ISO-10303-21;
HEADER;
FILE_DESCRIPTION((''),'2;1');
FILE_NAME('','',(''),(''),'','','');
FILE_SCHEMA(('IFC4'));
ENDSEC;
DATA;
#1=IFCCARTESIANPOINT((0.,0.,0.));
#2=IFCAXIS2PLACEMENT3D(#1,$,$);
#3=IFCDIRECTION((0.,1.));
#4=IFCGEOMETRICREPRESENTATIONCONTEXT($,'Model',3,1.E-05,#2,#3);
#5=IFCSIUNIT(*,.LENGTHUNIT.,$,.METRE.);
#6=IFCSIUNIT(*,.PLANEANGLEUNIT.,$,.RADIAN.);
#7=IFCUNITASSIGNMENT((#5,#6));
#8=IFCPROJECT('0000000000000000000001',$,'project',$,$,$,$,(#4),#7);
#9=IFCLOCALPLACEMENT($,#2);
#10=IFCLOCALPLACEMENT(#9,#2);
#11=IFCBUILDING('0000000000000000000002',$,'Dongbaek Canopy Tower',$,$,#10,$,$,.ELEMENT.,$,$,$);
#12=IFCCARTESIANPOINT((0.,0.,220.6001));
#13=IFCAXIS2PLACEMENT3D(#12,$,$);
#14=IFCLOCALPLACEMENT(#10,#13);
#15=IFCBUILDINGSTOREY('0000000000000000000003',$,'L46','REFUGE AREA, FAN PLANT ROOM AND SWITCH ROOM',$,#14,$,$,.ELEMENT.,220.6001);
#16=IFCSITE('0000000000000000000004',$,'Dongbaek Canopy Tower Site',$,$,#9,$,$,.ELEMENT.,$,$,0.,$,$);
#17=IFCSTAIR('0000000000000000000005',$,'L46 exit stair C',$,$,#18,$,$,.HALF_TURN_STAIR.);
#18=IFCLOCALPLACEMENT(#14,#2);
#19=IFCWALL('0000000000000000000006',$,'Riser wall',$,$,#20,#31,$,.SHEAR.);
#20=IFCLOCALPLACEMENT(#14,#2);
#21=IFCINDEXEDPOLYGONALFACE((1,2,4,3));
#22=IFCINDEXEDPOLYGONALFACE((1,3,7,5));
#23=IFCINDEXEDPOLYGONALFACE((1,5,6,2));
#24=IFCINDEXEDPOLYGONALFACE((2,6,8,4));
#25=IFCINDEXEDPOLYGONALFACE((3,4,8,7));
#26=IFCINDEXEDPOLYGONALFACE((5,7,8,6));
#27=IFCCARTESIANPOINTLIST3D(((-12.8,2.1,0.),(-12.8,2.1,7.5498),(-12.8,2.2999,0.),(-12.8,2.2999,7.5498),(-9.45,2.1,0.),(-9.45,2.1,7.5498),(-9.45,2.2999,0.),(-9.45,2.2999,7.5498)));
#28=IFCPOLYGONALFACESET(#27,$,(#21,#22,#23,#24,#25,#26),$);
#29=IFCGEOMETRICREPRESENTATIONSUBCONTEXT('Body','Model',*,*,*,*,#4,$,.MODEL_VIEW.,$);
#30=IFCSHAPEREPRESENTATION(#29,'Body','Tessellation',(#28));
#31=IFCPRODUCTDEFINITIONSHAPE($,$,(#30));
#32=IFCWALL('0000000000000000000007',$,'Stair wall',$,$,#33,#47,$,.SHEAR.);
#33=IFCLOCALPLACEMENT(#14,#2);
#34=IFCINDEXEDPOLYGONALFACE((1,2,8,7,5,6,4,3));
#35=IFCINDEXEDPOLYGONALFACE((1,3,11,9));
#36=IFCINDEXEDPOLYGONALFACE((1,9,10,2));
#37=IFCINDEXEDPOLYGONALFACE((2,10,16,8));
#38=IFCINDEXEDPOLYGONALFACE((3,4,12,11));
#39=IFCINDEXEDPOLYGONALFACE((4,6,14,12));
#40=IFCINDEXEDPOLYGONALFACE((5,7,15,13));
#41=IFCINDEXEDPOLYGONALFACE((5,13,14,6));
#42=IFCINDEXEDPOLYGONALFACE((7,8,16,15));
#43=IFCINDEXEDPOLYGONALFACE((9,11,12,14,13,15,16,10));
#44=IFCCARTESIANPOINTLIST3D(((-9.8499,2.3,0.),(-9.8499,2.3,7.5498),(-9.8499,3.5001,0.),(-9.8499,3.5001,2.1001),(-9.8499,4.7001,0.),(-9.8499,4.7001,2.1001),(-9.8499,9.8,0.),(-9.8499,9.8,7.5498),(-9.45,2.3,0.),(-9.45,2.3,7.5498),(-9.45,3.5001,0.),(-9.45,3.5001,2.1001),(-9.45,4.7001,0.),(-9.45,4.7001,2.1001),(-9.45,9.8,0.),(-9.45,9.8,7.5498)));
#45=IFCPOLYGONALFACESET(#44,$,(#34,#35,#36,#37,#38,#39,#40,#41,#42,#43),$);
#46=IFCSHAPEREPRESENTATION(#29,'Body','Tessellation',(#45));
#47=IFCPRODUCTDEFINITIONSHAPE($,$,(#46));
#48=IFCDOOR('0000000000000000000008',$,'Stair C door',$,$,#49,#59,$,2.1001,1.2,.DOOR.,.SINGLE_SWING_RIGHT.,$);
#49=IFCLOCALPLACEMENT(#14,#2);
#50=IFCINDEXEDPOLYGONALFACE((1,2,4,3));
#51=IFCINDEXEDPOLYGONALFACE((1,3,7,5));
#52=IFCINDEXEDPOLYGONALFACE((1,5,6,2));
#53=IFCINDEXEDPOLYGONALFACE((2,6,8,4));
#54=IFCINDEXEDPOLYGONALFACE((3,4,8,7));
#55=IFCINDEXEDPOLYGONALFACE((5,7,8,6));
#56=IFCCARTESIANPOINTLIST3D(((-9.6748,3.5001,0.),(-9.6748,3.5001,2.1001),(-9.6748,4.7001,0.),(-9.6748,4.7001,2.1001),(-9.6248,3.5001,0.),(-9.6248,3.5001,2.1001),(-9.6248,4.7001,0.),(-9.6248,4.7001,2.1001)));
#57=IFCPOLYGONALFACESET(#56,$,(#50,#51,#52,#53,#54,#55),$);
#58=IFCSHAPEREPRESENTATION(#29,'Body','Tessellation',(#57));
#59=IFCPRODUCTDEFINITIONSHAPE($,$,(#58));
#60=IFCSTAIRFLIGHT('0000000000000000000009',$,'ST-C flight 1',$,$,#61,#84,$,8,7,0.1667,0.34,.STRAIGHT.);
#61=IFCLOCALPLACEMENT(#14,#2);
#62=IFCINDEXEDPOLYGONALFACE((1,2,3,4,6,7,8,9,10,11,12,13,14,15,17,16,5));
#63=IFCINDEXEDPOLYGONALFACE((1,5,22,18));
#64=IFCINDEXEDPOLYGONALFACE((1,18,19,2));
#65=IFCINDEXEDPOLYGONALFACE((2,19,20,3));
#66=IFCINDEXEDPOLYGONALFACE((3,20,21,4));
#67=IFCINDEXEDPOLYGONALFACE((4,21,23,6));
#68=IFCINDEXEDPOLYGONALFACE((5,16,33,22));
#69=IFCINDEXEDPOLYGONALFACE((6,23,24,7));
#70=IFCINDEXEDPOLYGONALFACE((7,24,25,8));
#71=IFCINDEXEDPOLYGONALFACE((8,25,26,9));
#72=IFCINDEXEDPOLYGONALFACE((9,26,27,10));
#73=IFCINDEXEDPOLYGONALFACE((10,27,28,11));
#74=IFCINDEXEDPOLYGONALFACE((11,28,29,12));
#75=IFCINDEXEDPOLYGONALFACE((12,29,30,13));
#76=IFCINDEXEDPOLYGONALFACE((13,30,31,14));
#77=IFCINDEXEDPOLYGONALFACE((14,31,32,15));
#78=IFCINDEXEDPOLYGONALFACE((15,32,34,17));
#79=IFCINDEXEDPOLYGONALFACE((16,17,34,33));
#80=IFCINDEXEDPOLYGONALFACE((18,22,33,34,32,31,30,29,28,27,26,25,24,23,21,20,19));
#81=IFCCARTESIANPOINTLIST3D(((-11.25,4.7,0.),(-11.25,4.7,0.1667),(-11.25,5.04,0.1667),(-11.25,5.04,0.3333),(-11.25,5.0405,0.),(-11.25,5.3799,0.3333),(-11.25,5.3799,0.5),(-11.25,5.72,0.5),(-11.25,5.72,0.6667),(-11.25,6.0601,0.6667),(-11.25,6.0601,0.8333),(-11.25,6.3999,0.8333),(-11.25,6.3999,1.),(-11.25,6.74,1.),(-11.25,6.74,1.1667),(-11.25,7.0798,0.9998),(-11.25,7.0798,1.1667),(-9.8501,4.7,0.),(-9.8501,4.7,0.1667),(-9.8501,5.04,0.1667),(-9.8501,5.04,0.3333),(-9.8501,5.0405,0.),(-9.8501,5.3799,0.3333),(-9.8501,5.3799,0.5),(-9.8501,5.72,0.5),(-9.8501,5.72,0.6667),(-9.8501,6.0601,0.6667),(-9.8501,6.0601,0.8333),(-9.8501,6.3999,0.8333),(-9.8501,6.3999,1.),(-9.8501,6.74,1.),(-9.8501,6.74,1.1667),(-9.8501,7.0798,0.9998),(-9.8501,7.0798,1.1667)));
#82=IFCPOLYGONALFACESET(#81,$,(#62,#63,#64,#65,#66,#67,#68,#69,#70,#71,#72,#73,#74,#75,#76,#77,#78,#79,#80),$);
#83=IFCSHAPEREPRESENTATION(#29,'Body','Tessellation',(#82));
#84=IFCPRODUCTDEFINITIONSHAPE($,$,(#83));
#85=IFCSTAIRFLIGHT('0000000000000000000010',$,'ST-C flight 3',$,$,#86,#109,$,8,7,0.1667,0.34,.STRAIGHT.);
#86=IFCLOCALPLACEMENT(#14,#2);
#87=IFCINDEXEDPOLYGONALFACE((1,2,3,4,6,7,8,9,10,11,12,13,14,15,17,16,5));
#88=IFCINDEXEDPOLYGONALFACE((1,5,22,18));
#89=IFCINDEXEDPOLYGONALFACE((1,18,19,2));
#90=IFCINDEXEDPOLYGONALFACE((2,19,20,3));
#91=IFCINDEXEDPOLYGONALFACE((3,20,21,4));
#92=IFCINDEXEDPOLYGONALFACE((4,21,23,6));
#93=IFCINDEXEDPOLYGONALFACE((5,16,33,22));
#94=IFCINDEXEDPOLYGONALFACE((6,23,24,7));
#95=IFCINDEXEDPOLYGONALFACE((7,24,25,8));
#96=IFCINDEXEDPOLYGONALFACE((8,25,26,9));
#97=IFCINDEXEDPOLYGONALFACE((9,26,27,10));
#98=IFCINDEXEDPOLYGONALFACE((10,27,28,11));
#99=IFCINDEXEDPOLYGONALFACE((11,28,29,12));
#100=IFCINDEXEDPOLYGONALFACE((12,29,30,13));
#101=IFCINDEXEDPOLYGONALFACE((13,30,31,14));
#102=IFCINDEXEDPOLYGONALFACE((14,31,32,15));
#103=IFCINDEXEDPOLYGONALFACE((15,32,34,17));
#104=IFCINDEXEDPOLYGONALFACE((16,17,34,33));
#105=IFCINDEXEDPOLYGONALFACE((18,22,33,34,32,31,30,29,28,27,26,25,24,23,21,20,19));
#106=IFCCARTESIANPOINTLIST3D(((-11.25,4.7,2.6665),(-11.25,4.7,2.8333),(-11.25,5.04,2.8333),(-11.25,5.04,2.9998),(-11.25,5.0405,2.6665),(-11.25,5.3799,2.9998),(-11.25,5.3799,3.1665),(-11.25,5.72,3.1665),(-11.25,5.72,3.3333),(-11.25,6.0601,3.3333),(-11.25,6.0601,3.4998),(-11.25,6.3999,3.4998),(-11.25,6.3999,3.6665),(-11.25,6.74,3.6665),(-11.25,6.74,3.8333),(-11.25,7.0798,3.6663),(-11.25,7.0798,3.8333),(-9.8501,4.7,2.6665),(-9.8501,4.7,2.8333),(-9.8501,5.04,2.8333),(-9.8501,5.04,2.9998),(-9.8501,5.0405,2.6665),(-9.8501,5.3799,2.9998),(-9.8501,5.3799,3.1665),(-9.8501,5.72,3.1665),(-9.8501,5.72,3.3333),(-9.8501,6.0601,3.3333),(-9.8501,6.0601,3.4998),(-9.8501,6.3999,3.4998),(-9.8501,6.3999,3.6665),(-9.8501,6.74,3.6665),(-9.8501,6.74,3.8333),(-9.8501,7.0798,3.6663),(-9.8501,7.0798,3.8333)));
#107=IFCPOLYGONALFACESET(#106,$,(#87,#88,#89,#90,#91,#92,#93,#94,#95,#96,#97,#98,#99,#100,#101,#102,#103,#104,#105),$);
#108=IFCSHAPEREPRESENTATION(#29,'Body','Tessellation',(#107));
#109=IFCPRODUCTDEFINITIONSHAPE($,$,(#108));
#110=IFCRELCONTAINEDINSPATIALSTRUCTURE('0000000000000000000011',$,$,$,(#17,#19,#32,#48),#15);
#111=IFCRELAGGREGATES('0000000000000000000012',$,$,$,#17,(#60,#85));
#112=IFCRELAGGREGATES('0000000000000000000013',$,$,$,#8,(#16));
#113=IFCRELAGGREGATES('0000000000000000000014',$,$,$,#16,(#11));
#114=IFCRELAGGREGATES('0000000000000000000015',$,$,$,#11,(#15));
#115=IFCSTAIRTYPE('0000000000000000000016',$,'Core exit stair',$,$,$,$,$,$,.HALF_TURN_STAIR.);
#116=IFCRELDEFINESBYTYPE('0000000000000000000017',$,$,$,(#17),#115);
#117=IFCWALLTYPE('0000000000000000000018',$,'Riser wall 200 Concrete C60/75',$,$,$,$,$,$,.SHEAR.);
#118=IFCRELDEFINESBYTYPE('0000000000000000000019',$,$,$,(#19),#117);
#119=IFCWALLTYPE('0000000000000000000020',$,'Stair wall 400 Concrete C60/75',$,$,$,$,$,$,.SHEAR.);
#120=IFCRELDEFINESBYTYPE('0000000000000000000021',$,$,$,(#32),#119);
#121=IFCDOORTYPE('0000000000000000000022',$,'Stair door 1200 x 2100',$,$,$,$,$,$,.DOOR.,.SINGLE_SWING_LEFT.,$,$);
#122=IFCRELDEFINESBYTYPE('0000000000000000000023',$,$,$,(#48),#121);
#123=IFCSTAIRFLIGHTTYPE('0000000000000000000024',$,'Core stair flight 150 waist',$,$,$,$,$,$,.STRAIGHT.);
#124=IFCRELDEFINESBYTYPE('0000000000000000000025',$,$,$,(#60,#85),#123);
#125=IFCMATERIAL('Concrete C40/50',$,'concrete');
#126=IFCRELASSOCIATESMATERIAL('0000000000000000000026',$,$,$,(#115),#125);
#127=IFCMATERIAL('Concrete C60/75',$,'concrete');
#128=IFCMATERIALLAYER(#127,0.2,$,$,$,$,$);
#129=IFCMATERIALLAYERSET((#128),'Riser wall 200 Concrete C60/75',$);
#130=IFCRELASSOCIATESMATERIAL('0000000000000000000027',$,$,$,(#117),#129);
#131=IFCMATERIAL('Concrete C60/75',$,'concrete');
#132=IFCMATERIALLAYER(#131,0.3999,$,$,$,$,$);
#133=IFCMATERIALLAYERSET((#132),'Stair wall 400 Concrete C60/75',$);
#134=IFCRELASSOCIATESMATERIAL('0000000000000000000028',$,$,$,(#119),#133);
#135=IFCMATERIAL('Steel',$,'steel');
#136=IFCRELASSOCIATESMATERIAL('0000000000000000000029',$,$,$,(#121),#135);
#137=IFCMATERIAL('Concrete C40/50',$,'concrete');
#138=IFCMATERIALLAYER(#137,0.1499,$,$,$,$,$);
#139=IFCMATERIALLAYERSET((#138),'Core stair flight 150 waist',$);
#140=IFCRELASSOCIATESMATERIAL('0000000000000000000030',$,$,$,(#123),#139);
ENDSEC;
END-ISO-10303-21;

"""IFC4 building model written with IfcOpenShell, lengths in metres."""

from ifc_helpers import new_model, si_unit, direction, frame, frame_2d, origin, place, context, subcontext, project, spatial, polyline, rectangle, outline, extrude, material, layer, layer_set, type_object, element, fill, aggregate, save


model = new_model("IFC4")

# Units and contexts
model_context = context("Model", 3, precision=1e-05, world=origin(), true_north=direction((0.0, 1.0)))
body_context = subcontext(model_context, "Body", "Model", "MODEL_VIEW")
ifc_project = project(units=[si_unit("LENGTHUNIT", "METRE"), si_unit("PLANEANGLEUNIT", "RADIAN")], contexts=[model_context])

# Site, building, storey
site_placement = place(None, origin())
site = spatial("IfcSite", under=ifc_project, at=site_placement, Name="Dongbaek Canopy Tower Site", CompositionType="ELEMENT", RefElevation=0.0)
building_placement = place(site_placement, origin())
building = spatial("IfcBuilding", under=site, at=building_placement, Name="Dongbaek Canopy Tower", CompositionType="ELEMENT")
storey_placement = place(building_placement, frame((0.0, 0.0, 220.6001)))
storey = spatial("IfcBuildingStorey", under=building, at=storey_placement, Name="L46", Description="REFUGE AREA, FAN PLANT ROOM AND SWITCH ROOM", CompositionType="ELEMENT", Elevation=220.6001)

# Stair
ifc_material_1 = material(Name="Concrete C40/50", Category="concrete")
stair_type = type_object("IfcStairType", Name="Core exit stair", PredefinedType="HALF_TURN_STAIR", material=ifc_material_1)
stair_1_placement = place(storey_placement, origin())
stair_1 = element("IfcStair", 1, at=stair_1_placement, inside=storey, type_object=stair_type, Name="L46 exit stair C", PredefinedType="HALF_TURN_STAIR")

# Wall
ifc_material_2 = material(Name="Concrete C60/75", Category="concrete")
ifc_layer_1 = layer(ifc_material_2, 0.2)
ifc_layer_set_1 = layer_set([ifc_layer_1], Name="Riser wall 200 Concrete C60/75")
wall_type_1 = type_object("IfcWallType", Name="Riser wall 200 Concrete C60/75", PredefinedType="SHEAR", material=ifc_layer_set_1)
wall_1_placement = place(storey_placement, frame((-9.45, 2.2, 0.0), z_axis=(0.0, 0.0, 1.0), x_axis=(-1.0, 0.0, 0.0)))
element("IfcWall", 2, at=wall_1_placement, inside=storey, type_object=wall_type_1, Name="Riser wall", PredefinedType="SHEAR", context=body_context, shape_type="SweptSolid", body=[
    extrude(rectangle(XDim=3.3501, YDim=0.2, at=frame_2d((1.675, 0.0))), origin(), (0.0, 0.0, 1.0), 7.5498),
])

# Wall, opening, door
ifc_material_3 = material(Name="Concrete C60/75", Category="concrete")
ifc_layer_2 = layer(ifc_material_3, 0.3999)
ifc_layer_set_2 = layer_set([ifc_layer_2], Name="Stair wall 400 Concrete C60/75")
wall_type_2 = type_object("IfcWallType", Name="Stair wall 400 Concrete C60/75", PredefinedType="SHEAR", material=ifc_layer_set_2)
wall_2_placement = place(storey_placement, frame((-9.6499, 2.3, 0.0), z_axis=(0.0, 0.0, 1.0), x_axis=(0.0, 1.0, 0.0)))
wall_2 = element("IfcWall", 3, at=wall_2_placement, inside=storey, type_object=wall_type_2, Name="Stair wall", PredefinedType="SHEAR", context=body_context, shape_type="SweptSolid", body=[
    extrude(rectangle(XDim=7.5, YDim=0.3999, at=frame_2d((3.75, 0.0))), origin(), (0.0, 0.0, 1.0), 7.5498),
])
opening_placement = place(wall_2_placement, frame((1.2, 0.0, 0.0)))
opening = element("IfcOpeningElement", 4, at=opening_placement, cuts=wall_2, PredefinedType="OPENING", context=body_context, shape_type="SweptSolid", body=[
    extrude(rectangle(XDim=1.2, YDim=2.1001, at=frame_2d((0.6001, 1.05))), frame((0.0, 0.21, 0.0), z_axis=(0.0, -1.0, 0.0), x_axis=(1.0, 0.0, 0.0)), (0.0, 0.0, 1.0), 0.4199),
])
ifc_material_4 = material(Name="Steel", Category="steel")
door_type = type_object("IfcDoorType", Name="Stair door 1200 x 2100", OperationType="SINGLE_SWING_LEFT", PredefinedType="DOOR", material=ifc_material_4)
door_placement = place(opening_placement, origin())
door = element("IfcDoor", 5, at=door_placement, inside=storey, type_object=door_type, Name="Stair C door", OperationType="SINGLE_SWING_RIGHT", OverallHeight=2.1001, OverallWidth=1.2, PredefinedType="DOOR", context=body_context, shape_type="SweptSolid", body=[
    extrude(rectangle(XDim=1.2, YDim=2.1001, at=frame_2d((0.6001, 1.05))), frame((0.0, 0.0249, 0.0), z_axis=(0.0, -1.0, 0.0), x_axis=(1.0, 0.0, 0.0)), (0.0, 0.0, 1.0), 0.05),
])
fill(opening, door)

# Stair flights
ifc_material_5 = material(Name="Concrete C40/50", Category="concrete")
ifc_layer_3 = layer(ifc_material_5, 0.1499)
ifc_layer_set_3 = layer_set([ifc_layer_3], Name="Core stair flight 150 waist")
stair_flight_type = type_object("IfcStairFlightType", Name="Core stair flight 150 waist", PredefinedType="STRAIGHT", material=ifc_layer_set_3)
stair_flight_1_placement = place(storey_placement, frame((-10.55, 4.7, 0.0), z_axis=(0.0, 0.0, 1.0), x_axis=(0.0, 1.0, 0.0)))
stair_flight_1 = element("IfcStairFlight", 6, at=stair_flight_1_placement, type_object=stair_flight_type, Name="ST-C flight 1", NumberOfRisers=8, NumberOfTreads=7, PredefinedType="STRAIGHT", RiserHeight=0.1667, TreadLength=0.34, context=body_context, shape_type="SweptSolid", body=[
    extrude(outline(polyline([(0.0, 0.0), (0.0, 0.1667), (0.3401, 0.1667), (0.3401, 0.3333), (0.6799, 0.3333), (0.6799, 0.5), (1.02, 0.5), (1.02, 0.6667), (1.3601, 0.6667), (1.3601, 0.8333), (1.7, 0.8333), (1.7, 1.0), (2.04, 1.0), (2.04, 1.1667), (2.3799, 1.1667), (2.3799, 1.3333), (2.3799, 0.9998), (0.3406, 0.0), (0.0, 0.0)])), frame((0.0, 0.7, 0.0), z_axis=(0.0, -1.0, 0.0), x_axis=(1.0, 0.0, 0.0)), (0.0, 0.0, 1.0), 1.3999),
])
stair_flight_2_placement = place(storey_placement, frame((-10.55, 4.7, 2.6665), z_axis=(0.0, 0.0, 1.0), x_axis=(0.0, 1.0, 0.0)))
stair_flight_2 = element("IfcStairFlight", 7, at=stair_flight_2_placement, type_object=stair_flight_type, Name="ST-C flight 3", NumberOfRisers=8, NumberOfTreads=7, PredefinedType="STRAIGHT", RiserHeight=0.1667, TreadLength=0.34, context=body_context, shape_type="SweptSolid", body=[
    extrude(outline(polyline([(0.0, 0.0), (0.0, 0.1667), (0.3401, 0.1667), (0.3401, 0.3333), (0.6799, 0.3333), (0.6799, 0.5), (1.02, 0.5), (1.02, 0.6667), (1.3601, 0.6667), (1.3601, 0.8333), (1.7, 0.8333), (1.7, 1.0), (2.04, 1.0), (2.04, 1.1667), (2.3799, 1.1667), (2.3799, 1.3333), (2.3799, 0.9998), (0.3406, 0.0), (0.0, 0.0)])), frame((0.0, 0.7, 0.0), z_axis=(0.0, -1.0, 0.0), x_axis=(1.0, 0.0, 0.0)), (0.0, 0.0, 1.0), 1.3999),
])
aggregate(stair_1, [stair_flight_1, stair_flight_2])

save(model, "model.ifc")
